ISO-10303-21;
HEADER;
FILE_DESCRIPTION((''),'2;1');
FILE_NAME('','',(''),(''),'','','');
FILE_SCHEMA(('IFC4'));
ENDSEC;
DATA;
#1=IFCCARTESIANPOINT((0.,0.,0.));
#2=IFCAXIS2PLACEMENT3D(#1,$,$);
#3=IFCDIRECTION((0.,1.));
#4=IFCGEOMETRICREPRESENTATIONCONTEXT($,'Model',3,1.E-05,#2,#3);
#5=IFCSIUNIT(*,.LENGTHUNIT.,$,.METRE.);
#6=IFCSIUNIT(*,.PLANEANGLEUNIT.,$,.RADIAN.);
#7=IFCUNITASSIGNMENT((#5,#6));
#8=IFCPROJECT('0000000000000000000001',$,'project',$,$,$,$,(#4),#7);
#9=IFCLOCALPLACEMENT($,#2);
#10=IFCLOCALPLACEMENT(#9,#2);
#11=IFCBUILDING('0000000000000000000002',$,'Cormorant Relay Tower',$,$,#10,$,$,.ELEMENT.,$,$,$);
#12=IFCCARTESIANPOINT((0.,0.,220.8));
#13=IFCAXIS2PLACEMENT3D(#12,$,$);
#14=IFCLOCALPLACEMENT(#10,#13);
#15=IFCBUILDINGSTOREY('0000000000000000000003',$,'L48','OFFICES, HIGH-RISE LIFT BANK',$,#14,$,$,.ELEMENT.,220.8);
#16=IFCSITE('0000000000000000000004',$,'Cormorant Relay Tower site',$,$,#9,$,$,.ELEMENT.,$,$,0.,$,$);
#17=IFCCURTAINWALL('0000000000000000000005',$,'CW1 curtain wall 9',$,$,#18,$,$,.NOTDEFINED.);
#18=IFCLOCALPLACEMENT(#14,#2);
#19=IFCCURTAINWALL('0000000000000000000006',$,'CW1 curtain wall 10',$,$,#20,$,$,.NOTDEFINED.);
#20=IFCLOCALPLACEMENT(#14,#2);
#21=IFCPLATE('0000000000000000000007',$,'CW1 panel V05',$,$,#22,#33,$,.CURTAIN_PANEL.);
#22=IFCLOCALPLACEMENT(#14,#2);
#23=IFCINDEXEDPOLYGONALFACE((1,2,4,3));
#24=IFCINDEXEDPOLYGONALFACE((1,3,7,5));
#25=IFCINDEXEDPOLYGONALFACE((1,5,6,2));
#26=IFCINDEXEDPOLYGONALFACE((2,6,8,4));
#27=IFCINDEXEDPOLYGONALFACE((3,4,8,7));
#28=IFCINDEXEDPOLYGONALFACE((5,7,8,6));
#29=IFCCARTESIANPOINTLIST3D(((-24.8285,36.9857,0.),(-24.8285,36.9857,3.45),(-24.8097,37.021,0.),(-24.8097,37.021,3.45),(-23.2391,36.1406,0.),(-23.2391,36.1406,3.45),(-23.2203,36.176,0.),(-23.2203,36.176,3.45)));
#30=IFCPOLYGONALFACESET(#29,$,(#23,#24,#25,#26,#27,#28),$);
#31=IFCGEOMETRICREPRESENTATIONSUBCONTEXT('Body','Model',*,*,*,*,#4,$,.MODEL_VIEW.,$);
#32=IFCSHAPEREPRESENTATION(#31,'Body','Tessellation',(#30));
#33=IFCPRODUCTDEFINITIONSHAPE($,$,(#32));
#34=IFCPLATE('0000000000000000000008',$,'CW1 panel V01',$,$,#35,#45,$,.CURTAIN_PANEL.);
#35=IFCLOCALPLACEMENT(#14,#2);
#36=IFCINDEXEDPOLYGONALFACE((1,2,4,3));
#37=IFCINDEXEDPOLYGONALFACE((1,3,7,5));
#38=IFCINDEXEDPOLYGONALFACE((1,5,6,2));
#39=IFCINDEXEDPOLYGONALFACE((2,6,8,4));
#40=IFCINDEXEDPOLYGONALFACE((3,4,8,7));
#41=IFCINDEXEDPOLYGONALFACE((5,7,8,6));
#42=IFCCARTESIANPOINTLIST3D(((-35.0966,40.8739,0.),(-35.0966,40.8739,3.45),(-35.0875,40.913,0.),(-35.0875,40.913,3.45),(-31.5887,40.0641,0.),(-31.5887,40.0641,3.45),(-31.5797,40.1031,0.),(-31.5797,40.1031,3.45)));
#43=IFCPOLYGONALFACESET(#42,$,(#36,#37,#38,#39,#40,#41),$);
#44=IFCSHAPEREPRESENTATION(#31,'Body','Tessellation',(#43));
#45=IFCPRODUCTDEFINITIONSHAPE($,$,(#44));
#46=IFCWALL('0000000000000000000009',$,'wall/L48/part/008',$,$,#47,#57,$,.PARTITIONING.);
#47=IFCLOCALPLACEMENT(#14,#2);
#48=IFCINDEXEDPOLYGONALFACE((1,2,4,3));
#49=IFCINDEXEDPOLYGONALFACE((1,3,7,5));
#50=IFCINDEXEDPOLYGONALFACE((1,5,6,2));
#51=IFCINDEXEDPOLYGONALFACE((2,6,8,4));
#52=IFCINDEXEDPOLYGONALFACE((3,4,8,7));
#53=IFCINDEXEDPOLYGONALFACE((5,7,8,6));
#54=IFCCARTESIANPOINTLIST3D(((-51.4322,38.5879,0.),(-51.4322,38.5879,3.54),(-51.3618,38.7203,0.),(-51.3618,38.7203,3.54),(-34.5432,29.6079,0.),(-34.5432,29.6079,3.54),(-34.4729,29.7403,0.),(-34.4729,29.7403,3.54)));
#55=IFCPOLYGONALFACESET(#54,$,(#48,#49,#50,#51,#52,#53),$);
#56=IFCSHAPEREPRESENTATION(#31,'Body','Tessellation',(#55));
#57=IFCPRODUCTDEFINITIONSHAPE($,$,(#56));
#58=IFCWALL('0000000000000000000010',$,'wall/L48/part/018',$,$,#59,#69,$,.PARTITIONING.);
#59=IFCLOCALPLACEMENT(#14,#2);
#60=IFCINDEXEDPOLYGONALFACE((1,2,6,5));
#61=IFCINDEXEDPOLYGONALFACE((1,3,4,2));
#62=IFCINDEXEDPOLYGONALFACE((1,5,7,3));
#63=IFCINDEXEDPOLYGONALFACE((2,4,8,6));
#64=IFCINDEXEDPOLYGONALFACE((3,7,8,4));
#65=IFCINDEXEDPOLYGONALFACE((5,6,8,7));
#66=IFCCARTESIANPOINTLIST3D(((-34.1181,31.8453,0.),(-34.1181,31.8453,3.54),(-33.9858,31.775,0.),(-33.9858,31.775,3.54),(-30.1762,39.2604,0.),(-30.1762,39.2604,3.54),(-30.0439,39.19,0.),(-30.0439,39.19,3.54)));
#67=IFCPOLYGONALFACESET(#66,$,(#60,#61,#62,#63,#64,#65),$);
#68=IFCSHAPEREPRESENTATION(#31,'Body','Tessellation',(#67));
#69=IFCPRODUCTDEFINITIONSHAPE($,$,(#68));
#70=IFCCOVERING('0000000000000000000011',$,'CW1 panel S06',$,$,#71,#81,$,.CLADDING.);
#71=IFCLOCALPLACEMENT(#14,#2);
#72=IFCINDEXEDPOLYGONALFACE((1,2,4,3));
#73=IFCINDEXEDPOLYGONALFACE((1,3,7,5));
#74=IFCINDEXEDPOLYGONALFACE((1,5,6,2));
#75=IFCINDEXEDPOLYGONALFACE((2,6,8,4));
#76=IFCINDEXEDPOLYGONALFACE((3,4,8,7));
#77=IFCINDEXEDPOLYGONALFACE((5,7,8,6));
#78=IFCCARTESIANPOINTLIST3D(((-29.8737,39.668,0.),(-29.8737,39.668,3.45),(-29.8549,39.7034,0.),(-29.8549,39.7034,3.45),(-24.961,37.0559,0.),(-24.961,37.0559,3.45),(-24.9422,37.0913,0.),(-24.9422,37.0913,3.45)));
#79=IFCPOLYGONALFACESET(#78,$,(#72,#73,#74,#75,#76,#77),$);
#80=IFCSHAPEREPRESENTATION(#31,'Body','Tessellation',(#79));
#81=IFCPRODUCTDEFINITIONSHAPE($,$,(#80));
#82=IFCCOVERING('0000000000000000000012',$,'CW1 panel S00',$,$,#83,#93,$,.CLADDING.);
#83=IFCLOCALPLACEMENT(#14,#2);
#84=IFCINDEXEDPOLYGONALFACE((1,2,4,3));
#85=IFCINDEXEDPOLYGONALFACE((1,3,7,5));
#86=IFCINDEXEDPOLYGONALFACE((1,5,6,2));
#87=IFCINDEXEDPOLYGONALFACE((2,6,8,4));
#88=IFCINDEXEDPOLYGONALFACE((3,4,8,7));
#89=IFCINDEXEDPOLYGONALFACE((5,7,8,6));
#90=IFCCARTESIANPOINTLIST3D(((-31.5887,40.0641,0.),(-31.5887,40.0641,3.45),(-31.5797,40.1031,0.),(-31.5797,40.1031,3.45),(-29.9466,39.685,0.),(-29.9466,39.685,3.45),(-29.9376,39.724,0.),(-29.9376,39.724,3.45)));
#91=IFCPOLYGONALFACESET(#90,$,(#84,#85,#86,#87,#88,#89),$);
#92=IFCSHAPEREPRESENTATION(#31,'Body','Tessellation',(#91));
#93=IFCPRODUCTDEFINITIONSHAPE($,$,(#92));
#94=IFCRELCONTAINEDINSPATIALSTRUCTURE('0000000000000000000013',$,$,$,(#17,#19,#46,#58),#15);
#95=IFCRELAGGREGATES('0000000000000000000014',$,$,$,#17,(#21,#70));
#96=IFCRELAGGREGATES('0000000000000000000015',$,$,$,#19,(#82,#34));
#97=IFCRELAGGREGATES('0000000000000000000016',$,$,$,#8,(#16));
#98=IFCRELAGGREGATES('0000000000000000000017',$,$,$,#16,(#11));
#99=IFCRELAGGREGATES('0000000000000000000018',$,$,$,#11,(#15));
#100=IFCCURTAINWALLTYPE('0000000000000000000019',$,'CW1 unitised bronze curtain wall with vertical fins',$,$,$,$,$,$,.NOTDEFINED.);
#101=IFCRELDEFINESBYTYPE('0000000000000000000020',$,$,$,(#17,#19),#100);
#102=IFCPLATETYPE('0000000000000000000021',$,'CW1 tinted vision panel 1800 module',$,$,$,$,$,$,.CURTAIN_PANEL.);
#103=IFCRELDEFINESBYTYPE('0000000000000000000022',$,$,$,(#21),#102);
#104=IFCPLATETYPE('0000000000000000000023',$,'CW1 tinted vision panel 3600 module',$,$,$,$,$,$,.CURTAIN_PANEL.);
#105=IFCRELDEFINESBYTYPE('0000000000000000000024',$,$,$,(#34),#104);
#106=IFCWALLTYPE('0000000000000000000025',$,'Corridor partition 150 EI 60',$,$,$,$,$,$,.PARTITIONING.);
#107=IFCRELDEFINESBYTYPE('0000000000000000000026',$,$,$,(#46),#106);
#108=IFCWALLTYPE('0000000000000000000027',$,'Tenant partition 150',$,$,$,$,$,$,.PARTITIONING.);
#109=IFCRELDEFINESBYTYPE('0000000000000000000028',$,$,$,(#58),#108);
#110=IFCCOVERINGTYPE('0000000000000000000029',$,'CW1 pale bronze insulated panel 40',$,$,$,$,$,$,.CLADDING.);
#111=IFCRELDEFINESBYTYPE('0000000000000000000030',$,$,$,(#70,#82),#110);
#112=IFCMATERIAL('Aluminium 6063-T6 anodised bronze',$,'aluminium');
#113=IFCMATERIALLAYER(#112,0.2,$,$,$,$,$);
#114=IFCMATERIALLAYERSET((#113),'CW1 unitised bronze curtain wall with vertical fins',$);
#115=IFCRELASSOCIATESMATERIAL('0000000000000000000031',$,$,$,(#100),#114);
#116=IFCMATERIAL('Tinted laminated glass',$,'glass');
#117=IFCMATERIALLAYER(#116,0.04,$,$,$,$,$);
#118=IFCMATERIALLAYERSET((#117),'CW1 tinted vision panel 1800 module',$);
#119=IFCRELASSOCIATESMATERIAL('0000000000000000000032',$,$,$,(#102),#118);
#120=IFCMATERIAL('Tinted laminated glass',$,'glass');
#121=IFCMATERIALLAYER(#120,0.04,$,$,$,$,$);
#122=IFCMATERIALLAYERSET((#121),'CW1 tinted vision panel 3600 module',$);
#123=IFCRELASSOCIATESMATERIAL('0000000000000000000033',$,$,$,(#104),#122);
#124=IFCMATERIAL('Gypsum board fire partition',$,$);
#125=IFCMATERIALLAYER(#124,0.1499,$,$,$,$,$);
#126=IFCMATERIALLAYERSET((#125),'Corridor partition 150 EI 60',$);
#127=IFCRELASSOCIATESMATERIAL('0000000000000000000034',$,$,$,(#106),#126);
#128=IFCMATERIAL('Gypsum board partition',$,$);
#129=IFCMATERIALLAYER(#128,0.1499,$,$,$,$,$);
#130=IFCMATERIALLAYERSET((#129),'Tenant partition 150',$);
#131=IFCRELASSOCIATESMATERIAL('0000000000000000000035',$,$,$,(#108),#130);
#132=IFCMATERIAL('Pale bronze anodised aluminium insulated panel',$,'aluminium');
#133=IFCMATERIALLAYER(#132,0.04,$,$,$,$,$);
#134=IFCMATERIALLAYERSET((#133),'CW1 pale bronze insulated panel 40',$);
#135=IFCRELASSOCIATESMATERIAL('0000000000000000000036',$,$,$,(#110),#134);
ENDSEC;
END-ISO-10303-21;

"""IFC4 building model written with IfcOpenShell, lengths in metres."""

from ifc_helpers import new_model, si_unit, direction, frame, frame_2d, origin, origin_2d, place, context, subcontext, project, spatial, rectangle, extrude, material, layer, layer_set, type_object, element, aggregate, save


model = new_model("IFC4")

# Units and contexts
model_context = context("Model", 3, precision=1e-05, world=origin(), true_north=direction((0.0, 1.0)))
body_context = subcontext(model_context, "Body", "Model", "MODEL_VIEW")
ifc_project = project(units=[si_unit("LENGTHUNIT", "METRE"), si_unit("PLANEANGLEUNIT", "RADIAN")], contexts=[model_context])

# Site, building, storey
site_placement = place(None, origin())
site = spatial("IfcSite", under=ifc_project, at=site_placement, Name="Cormorant Relay Tower site", CompositionType="ELEMENT", RefElevation=0.0)
building_placement = place(site_placement, origin())
building = spatial("IfcBuilding", under=site, at=building_placement, Name="Cormorant Relay Tower", CompositionType="ELEMENT")
storey_placement = place(building_placement, frame((0.0, 0.0, 220.8)))
storey = spatial("IfcBuildingStorey", under=building, at=storey_placement, Name="L48", Description="OFFICES, HIGH-RISE LIFT BANK", CompositionType="ELEMENT", Elevation=220.8)

# Curtain wall
ifc_material_1 = material(Name="Aluminium 6063-T6 anodised bronze", Category="aluminium")
ifc_layer_1 = layer(ifc_material_1, 0.2)
ifc_layer_set_1 = layer_set([ifc_layer_1], Name="CW1 unitised bronze curtain wall with vertical fins")
curtain_wall_type = type_object("IfcCurtainWallType", Name="CW1 unitised bronze curtain wall with vertical fins", PredefinedType="NOTDEFINED", material=ifc_layer_set_1)
curtain_wall_1_placement = place(storey_placement, origin())
curtain_wall_1 = element("IfcCurtainWall", 1, at=curtain_wall_1_placement, inside=storey, type_object=curtain_wall_type, Name="CW1 curtain wall 9", PredefinedType="NOTDEFINED")

# Curtain wall
curtain_wall_2_placement = place(storey_placement, origin())
curtain_wall_2 = element("IfcCurtainWall", 2, at=curtain_wall_2_placement, inside=storey, type_object=curtain_wall_type, Name="CW1 curtain wall 10", PredefinedType="NOTDEFINED")

# Plates
ifc_material_2 = material(Name="Tinted laminated glass", Category="glass")
ifc_layer_2 = layer(ifc_material_2, 0.04)
ifc_layer_set_2 = layer_set([ifc_layer_2], Name="CW1 tinted vision panel 1800 module")
plate_type_1 = type_object("IfcPlateType", Name="CW1 tinted vision panel 1800 module", PredefinedType="CURTAIN_PANEL", material=ifc_layer_set_2)
plate_1_placement = place(storey_placement, frame((-24.0244, 36.5808, 0.0), z_axis=(0.0, 0.0, 1.0), x_axis=(-0.882948, 0.469472, 0.0)))
plate_1 = element("IfcPlate", 3, at=plate_1_placement, type_object=plate_type_1, Name="CW1 panel V05", PredefinedType="CURTAIN_PANEL", context=body_context, shape_type="SweptSolid", body=[
    extrude(rectangle(XDim=1.8, YDim=0.04, at=origin_2d()), origin(), (0.0, 0.0, 1.0), 3.45),
])
ifc_material_3 = material(Name="Tinted laminated glass", Category="glass")
ifc_layer_3 = layer(ifc_material_3, 0.04)
ifc_layer_set_3 = layer_set([ifc_layer_3], Name="CW1 tinted vision panel 3600 module")
plate_type_2 = type_object("IfcPlateType", Name="CW1 tinted vision panel 3600 module", PredefinedType="CURTAIN_PANEL", material=ifc_layer_set_3)
plate_2_placement = place(storey_placement, frame((-33.3381, 40.4885, 0.0), z_axis=(0.0, 0.0, 1.0), x_axis=(-0.97437, 0.224951, 0.0)))
plate_2 = element("IfcPlate", 4, at=plate_2_placement, type_object=plate_type_2, Name="CW1 panel V01", PredefinedType="CURTAIN_PANEL", context=body_context, shape_type="SweptSolid", body=[
    extrude(rectangle(XDim=3.6001, YDim=0.04, at=origin_2d()), origin(), (0.0, 0.0, 1.0), 3.45),
])

# Walls
ifc_material_4 = material(Name="Gypsum board fire partition")
ifc_layer_4 = layer(ifc_material_4, 0.1499)
ifc_layer_set_4 = layer_set([ifc_layer_4], Name="Corridor partition 150 EI 60")
wall_type_1 = type_object("IfcWallType", Name="Corridor partition 150 EI 60", PredefinedType="PARTITIONING", material=ifc_layer_set_4)
wall_1_placement = place(storey_placement, frame((-34.5081, 29.6741, 0.0), z_axis=(0.0, 0.0, 1.0), x_axis=(-0.882948, 0.469471, 0.0)))
element("IfcWall", 5, at=wall_1_placement, inside=storey, type_object=wall_type_1, Name="wall/L48/part/008", PredefinedType="PARTITIONING", context=body_context, shape_type="SweptSolid", body=[
    extrude(rectangle(XDim=19.1279, YDim=0.1499, at=frame_2d((9.564, 0.0))), origin(), (0.0, 0.0, 1.0), 3.54),
])
ifc_material_5 = material(Name="Gypsum board partition")
ifc_layer_5 = layer(ifc_material_5, 0.1499)
ifc_layer_set_5 = layer_set([ifc_layer_5], Name="Tenant partition 150")
wall_type_2 = type_object("IfcWallType", Name="Tenant partition 150", PredefinedType="PARTITIONING", material=ifc_layer_set_5)
wall_2_placement = place(storey_placement, frame((-30.1101, 39.2251, 0.0), z_axis=(0.0, 0.0, 1.0), x_axis=(-0.469402, -0.882985, 0.0)))
element("IfcWall", 6, at=wall_2_placement, inside=storey, type_object=wall_type_2, Name="wall/L48/part/018", PredefinedType="PARTITIONING", context=body_context, shape_type="SweptSolid", body=[
    extrude(rectangle(XDim=8.3977, YDim=0.1499, at=frame_2d((4.1987, 0.0))), origin(), (0.0, 0.0, 1.0), 3.54),
])

# Coverings
ifc_material_6 = material(Name="Pale bronze anodised aluminium insulated panel", Category="aluminium")
ifc_layer_6 = layer(ifc_material_6, 0.04)
ifc_layer_set_6 = layer_set([ifc_layer_6], Name="CW1 pale bronze insulated panel 40")
covering_type = type_object("IfcCoveringType", Name="CW1 pale bronze insulated panel 40", PredefinedType="CLADDING", material=ifc_layer_set_6)
covering_1_placement = place(storey_placement, frame((-27.408, 38.3796, 0.0), z_axis=(0.0, 0.0, 1.0), x_axis=(-0.882948, 0.469472, 0.0)))
covering_1 = element("IfcCovering", 7, at=covering_1_placement, type_object=covering_type, Name="CW1 panel S06", PredefinedType="CLADDING", context=body_context, shape_type="SweptSolid", body=[
    extrude(rectangle(XDim=5.564, YDim=0.04, at=origin_2d()), origin(), (0.0, 0.0, 1.0), 3.45),
])
aggregate(curtain_wall_1, [plate_1, covering_1])
covering_2_placement = place(storey_placement, frame((-30.7632, 39.894, 0.0), z_axis=(0.0, 0.0, 1.0), x_axis=(-0.97437, 0.224951, 0.0)))
covering_2 = element("IfcCovering", 8, at=covering_2_placement, type_object=covering_type, Name="CW1 panel S00", PredefinedType="CLADDING", context=body_context, shape_type="SweptSolid", body=[
    extrude(rectangle(XDim=1.6853, YDim=0.04, at=origin_2d()), origin(), (0.0, 0.0, 1.0), 3.45),
])
aggregate(curtain_wall_2, [covering_2, plate_2])

save(model, "model.ifc")
